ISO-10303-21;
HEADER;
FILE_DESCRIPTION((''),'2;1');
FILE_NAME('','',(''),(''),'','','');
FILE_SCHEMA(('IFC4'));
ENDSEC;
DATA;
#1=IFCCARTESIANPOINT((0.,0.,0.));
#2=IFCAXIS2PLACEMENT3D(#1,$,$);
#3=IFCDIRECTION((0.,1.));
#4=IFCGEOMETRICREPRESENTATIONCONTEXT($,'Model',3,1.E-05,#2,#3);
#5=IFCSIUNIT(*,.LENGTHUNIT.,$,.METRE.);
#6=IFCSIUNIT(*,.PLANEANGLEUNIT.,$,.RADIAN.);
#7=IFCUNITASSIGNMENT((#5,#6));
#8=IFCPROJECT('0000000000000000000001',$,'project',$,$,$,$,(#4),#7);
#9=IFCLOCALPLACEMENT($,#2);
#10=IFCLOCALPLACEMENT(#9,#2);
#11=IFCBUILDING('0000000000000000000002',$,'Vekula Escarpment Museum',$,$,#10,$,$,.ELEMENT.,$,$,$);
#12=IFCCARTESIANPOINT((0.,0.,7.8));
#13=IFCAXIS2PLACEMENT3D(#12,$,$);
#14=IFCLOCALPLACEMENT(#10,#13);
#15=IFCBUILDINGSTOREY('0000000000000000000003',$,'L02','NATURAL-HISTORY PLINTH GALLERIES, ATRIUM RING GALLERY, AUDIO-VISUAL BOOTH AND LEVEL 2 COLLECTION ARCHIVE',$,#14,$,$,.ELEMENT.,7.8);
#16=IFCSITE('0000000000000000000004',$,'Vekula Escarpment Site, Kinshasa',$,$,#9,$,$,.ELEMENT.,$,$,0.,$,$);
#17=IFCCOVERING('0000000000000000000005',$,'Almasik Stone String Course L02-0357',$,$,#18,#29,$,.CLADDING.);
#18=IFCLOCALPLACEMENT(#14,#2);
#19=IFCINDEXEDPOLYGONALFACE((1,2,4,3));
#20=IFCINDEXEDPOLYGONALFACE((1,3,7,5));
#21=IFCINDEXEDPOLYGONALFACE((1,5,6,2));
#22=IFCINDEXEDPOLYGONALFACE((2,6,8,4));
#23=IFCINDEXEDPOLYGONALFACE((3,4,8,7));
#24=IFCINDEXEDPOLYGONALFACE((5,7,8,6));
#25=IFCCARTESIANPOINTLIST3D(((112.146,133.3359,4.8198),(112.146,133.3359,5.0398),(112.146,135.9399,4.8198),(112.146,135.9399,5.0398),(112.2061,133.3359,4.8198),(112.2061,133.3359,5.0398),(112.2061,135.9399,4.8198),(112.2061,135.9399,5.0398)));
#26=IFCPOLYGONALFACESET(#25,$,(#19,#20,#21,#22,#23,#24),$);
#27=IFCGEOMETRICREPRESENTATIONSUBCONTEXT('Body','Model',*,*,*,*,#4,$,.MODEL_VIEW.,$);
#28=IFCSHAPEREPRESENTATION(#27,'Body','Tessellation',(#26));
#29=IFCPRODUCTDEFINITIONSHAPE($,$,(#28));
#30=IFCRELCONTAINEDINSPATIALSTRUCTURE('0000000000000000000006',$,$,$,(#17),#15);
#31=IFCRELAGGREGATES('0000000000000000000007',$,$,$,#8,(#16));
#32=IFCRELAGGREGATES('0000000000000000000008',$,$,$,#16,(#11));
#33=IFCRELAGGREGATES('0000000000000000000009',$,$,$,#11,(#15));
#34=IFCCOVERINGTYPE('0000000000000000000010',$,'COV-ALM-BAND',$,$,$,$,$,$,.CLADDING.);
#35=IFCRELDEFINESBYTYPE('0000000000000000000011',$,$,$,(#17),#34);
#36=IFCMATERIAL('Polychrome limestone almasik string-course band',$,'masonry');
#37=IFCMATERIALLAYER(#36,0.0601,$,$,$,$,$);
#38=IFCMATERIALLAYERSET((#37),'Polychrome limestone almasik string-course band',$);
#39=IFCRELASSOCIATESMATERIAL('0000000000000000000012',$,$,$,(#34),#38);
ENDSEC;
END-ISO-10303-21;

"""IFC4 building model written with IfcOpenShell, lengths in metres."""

from ifc_helpers import new_model, si_unit, direction, frame, origin, origin_2d, place, context, subcontext, project, spatial, rectangle, extrude, material, layer, layer_set, type_object, element, save


model = new_model("IFC4")

# Units and contexts
model_context = context("Model", 3, precision=1e-05, world=origin(), true_north=direction((0.0, 1.0)))
body_context = subcontext(model_context, "Body", "Model", "MODEL_VIEW")
ifc_project = project(units=[si_unit("LENGTHUNIT", "METRE"), si_unit("PLANEANGLEUNIT", "RADIAN")], contexts=[model_context])

# Site, building, storey
site_placement = place(None, origin())
site = spatial("IfcSite", under=ifc_project, at=site_placement, Name="Vekula Escarpment Site, Kinshasa", CompositionType="ELEMENT", RefElevation=0.0)
building_placement = place(site_placement, origin())
building = spatial("IfcBuilding", under=site, at=building_placement, Name="Vekula Escarpment Museum", CompositionType="ELEMENT")
storey_placement = place(building_placement, frame((0.0, 0.0, 7.8)))
storey = spatial("IfcBuildingStorey", under=building, at=storey_placement, Name="L02", Description="NATURAL-HISTORY PLINTH GALLERIES, ATRIUM RING GALLERY, AUDIO-VISUAL BOOTH AND LEVEL 2 COLLECTION ARCHIVE", CompositionType="ELEMENT", Elevation=7.8)

# Covering
ifc_material_1 = material(Name="Polychrome limestone almasik string-course band", Category="masonry")
ifc_layer_1 = layer(ifc_material_1, 0.0601)
ifc_layer_set_1 = layer_set([ifc_layer_1], Name="Polychrome limestone almasik string-course band")
covering_type = type_object("IfcCoveringType", Name="COV-ALM-BAND", PredefinedType="CLADDING", material=ifc_layer_set_1)
for number, where, z_axis, x_axis, name in (
    (1, (112.176, 134.6379, 4.8198), (0.0, 0.0, 1.0), (0.0, 1.0, 0.0), "Almasik Stone String Course L02-0357"),
):
    element("IfcCovering", number, at=place(storey_placement, frame(where, z_axis=z_axis, x_axis=x_axis)), inside=storey, type_object=covering_type, Name=name, PredefinedType="CLADDING", context=body_context, shape_type="SweptSolid", body=[
        extrude(rectangle(XDim=2.604, YDim=0.0601, at=origin_2d()), origin(), (0.0, 0.0, 1.0), 0.22),
    ])

save(model, "model.ifc")
